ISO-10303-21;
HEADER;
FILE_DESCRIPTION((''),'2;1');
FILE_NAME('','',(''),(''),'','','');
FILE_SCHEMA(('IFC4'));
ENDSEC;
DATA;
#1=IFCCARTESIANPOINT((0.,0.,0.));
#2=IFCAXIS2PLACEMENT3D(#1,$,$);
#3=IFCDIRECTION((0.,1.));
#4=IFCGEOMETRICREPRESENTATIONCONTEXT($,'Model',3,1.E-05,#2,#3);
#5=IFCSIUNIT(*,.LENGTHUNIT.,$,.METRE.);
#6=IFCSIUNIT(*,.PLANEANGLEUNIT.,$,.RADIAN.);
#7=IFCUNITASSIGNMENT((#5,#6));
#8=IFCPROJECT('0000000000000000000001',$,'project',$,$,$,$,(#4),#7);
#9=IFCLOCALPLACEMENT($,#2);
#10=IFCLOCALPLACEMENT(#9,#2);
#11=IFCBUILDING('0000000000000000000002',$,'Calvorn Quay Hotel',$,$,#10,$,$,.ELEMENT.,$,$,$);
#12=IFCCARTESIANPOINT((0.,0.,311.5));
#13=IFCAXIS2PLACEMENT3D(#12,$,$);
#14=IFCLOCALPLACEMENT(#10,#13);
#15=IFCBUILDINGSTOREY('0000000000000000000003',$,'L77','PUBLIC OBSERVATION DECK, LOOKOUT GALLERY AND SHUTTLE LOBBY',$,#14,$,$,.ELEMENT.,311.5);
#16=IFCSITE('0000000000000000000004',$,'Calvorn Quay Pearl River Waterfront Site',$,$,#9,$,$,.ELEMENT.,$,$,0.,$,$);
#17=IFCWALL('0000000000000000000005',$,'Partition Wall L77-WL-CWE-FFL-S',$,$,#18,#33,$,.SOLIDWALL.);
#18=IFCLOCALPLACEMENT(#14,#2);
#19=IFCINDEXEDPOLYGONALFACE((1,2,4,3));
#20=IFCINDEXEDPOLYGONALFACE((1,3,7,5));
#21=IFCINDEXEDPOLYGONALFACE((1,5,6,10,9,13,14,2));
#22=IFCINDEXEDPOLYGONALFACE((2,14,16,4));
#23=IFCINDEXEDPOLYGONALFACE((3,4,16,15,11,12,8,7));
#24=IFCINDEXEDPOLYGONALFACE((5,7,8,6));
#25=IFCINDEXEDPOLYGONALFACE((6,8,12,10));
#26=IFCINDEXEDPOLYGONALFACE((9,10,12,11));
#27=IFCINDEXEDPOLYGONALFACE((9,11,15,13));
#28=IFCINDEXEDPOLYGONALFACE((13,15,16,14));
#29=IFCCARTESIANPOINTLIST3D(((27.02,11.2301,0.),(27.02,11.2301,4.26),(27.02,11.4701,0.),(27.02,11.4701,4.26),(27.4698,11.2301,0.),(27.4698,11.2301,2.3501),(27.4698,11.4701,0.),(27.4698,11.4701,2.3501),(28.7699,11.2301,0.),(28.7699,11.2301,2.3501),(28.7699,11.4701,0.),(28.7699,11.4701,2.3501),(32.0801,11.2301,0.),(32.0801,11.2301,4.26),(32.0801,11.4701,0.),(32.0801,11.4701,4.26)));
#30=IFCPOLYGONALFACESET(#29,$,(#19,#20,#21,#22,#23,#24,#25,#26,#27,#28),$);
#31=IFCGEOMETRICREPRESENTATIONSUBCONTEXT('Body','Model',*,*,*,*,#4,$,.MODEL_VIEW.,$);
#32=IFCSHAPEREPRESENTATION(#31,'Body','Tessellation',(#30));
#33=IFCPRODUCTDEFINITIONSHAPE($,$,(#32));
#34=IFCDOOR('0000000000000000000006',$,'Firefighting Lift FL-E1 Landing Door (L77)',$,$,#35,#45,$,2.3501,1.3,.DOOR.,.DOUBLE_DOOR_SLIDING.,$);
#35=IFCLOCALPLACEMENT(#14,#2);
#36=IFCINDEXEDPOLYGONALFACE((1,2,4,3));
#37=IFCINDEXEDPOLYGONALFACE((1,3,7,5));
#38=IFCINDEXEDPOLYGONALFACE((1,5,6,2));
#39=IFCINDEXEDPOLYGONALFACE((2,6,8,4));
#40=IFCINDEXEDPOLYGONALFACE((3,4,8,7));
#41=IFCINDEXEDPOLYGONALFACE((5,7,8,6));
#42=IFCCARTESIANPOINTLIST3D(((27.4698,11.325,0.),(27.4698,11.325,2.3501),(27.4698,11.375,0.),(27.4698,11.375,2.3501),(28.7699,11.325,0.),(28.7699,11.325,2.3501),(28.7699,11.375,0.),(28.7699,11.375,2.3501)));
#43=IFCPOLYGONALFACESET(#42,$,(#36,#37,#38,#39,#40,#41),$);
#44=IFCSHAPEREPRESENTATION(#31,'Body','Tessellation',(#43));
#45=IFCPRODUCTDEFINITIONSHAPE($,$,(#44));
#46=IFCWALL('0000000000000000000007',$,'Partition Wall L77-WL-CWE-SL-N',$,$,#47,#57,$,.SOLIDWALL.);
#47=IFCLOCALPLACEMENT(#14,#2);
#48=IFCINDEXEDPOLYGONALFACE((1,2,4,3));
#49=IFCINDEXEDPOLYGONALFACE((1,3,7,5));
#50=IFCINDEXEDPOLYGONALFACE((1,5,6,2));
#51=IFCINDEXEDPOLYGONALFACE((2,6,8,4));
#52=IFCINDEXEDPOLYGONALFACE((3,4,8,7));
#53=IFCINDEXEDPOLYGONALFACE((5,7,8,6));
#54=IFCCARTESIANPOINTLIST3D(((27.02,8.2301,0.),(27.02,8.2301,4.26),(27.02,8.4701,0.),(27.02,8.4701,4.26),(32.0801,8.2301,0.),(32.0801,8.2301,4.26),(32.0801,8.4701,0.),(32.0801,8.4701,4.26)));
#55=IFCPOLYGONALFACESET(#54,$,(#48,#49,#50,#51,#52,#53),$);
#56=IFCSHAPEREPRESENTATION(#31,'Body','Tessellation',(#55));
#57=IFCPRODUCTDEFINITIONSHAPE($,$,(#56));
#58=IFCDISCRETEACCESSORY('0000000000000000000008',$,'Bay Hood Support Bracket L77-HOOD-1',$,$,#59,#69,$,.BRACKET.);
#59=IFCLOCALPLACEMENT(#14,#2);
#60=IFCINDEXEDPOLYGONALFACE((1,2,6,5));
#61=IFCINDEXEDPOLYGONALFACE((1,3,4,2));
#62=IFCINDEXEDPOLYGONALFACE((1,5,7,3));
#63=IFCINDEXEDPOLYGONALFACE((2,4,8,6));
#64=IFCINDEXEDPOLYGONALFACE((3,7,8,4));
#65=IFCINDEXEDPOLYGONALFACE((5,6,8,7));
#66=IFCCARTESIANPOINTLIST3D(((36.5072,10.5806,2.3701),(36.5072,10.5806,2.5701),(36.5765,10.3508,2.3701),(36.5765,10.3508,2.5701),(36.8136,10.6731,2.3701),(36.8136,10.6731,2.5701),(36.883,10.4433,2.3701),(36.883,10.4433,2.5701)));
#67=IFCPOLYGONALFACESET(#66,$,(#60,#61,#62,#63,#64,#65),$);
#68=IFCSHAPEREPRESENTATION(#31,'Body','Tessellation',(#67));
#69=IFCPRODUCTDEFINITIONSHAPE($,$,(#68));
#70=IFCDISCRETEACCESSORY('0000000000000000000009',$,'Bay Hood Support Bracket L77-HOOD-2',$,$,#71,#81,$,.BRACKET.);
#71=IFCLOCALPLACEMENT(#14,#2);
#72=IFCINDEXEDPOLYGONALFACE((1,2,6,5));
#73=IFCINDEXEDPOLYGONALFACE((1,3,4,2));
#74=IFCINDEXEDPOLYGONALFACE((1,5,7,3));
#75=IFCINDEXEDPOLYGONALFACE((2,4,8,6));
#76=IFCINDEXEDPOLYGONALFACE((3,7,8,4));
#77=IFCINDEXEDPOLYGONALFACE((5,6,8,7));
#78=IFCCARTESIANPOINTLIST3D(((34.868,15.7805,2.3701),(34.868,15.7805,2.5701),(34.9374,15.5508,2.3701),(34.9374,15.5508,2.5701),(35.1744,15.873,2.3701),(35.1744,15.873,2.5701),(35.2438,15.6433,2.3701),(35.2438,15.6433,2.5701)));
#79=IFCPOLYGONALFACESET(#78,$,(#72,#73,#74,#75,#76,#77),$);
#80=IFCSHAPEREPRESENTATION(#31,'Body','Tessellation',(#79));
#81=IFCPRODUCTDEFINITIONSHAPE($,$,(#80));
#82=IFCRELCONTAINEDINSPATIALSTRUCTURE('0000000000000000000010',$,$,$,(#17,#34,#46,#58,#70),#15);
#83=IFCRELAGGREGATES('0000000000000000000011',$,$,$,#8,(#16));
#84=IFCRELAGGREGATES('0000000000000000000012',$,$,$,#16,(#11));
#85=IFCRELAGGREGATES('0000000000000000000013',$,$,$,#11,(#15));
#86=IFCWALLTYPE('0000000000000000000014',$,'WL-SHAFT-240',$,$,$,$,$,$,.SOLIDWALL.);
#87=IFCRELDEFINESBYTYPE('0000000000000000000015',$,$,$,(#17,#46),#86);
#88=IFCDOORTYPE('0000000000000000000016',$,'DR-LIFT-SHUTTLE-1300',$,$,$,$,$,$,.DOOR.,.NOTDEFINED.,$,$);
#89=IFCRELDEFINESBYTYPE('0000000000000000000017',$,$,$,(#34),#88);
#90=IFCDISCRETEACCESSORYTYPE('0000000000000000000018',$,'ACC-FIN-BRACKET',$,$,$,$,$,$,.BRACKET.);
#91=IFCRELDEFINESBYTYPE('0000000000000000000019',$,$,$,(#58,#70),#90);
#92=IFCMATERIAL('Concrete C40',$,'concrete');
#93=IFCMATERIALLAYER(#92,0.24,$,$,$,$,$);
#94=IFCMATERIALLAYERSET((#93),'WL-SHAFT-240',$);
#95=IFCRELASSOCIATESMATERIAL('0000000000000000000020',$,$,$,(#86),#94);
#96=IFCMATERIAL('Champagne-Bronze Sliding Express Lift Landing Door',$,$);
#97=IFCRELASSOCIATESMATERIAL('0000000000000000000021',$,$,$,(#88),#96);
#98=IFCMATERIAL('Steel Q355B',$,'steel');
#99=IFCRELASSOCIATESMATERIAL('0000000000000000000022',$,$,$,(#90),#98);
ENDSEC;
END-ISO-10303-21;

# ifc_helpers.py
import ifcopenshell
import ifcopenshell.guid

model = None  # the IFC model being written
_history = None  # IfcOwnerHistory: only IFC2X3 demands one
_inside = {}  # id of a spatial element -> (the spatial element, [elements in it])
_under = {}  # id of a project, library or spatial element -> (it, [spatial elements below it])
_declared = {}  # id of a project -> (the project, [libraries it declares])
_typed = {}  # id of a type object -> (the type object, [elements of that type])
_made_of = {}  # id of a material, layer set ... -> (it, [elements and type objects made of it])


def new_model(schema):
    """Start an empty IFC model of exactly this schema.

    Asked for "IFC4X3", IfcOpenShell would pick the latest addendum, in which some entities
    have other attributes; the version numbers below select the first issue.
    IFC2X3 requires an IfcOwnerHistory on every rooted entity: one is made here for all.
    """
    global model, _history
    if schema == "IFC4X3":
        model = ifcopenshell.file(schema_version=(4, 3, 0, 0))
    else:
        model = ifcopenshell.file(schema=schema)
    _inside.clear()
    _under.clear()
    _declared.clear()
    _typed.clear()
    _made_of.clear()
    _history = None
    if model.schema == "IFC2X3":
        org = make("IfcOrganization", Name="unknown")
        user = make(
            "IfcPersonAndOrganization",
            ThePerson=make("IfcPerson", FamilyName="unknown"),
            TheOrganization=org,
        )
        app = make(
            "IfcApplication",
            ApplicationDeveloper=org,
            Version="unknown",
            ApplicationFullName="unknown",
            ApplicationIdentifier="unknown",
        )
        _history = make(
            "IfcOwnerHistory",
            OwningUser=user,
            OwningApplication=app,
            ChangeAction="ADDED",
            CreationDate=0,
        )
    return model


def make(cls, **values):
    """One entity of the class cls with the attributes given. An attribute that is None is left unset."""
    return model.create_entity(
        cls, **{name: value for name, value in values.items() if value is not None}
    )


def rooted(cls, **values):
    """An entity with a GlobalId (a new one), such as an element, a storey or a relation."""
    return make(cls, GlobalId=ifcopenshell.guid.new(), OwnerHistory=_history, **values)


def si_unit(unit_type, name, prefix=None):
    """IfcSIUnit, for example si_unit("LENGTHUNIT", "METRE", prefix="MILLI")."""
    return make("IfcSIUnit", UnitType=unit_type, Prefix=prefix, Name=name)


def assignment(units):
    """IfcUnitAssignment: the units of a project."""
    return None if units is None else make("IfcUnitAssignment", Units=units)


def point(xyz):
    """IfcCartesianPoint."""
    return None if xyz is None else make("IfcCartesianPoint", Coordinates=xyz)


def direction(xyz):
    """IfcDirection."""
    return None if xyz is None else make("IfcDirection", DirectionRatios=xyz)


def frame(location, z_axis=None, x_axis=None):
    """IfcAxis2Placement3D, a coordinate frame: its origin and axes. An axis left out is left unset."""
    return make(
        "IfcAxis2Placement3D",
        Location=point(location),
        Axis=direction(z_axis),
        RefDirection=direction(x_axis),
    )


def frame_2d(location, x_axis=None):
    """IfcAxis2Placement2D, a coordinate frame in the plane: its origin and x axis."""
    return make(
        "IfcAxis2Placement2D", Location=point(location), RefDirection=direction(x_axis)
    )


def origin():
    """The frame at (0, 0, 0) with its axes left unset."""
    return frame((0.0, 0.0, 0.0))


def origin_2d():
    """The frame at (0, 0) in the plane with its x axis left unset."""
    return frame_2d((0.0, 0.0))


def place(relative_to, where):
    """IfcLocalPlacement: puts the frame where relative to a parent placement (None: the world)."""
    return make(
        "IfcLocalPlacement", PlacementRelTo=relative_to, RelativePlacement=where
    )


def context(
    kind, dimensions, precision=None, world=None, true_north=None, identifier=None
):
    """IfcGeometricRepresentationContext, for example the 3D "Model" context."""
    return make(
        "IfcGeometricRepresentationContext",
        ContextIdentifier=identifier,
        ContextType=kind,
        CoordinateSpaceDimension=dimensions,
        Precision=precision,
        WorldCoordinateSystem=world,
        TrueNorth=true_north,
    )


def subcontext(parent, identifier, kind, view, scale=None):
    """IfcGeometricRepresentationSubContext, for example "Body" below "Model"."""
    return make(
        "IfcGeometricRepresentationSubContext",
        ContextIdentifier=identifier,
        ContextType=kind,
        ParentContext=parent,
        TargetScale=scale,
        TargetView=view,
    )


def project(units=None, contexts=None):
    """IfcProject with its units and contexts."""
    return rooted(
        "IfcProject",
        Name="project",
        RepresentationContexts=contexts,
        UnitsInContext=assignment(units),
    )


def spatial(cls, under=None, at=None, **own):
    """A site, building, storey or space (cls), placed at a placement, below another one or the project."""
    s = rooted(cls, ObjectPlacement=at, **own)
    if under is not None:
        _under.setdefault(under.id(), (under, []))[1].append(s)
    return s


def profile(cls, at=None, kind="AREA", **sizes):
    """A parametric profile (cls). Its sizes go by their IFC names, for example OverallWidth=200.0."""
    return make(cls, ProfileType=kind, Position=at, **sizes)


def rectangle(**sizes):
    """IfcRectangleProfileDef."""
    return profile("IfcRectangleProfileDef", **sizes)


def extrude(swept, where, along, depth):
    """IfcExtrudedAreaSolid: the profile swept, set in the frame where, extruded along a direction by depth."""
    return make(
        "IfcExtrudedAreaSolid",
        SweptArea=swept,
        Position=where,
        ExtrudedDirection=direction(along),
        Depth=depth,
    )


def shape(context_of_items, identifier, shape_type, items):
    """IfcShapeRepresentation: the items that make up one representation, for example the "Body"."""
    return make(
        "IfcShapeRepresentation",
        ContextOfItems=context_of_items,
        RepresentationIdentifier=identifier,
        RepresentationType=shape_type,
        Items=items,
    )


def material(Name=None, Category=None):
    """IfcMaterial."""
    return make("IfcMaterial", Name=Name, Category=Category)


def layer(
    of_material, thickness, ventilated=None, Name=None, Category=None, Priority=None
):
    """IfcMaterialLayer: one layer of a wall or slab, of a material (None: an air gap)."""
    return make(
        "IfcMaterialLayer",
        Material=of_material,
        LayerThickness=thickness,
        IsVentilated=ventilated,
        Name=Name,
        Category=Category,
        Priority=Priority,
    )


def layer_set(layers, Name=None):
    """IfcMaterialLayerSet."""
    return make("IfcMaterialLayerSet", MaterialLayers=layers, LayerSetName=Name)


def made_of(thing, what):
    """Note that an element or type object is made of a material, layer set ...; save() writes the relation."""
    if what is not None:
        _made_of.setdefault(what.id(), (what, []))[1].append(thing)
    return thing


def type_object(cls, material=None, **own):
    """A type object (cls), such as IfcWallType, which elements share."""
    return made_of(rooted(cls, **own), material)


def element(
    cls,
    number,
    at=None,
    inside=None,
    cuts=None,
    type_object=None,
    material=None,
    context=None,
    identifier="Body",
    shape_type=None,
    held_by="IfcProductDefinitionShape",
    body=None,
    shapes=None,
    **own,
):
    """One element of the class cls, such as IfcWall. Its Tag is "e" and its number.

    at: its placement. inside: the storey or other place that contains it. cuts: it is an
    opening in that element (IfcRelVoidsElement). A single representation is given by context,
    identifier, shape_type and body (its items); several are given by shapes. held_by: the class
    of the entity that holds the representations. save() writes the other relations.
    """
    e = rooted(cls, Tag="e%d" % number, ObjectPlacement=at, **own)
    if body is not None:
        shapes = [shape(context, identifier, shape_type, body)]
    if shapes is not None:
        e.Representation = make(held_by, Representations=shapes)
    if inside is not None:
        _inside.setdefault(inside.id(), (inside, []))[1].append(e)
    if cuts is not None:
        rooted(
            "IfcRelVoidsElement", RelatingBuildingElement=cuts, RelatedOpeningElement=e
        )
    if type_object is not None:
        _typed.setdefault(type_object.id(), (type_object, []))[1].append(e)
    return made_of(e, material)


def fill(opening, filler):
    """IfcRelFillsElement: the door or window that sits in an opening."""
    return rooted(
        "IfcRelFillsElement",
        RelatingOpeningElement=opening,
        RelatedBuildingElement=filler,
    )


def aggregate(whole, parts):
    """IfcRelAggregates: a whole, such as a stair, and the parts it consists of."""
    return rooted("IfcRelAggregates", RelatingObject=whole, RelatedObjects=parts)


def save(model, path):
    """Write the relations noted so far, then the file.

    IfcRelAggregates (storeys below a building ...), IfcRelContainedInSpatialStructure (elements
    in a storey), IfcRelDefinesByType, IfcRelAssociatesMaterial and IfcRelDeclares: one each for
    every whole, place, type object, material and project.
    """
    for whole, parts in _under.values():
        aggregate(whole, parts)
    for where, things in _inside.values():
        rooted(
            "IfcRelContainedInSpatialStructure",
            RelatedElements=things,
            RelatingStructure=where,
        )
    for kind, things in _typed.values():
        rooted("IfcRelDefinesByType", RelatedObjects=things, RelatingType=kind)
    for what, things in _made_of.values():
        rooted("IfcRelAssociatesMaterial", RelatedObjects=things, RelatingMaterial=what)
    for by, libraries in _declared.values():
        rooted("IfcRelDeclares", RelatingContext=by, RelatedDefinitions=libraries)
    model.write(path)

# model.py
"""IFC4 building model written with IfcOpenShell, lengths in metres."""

from ifc_helpers import new_model, si_unit, direction, frame, frame_2d, origin, origin_2d, place, context, subcontext, project, spatial, rectangle, extrude, material, layer, layer_set, type_object, element, fill, save


model = new_model("IFC4")

# Units and contexts
model_context = context("Model", 3, precision=1e-05, world=origin(), true_north=direction((0.0, 1.0)))
body_context = subcontext(model_context, "Body", "Model", "MODEL_VIEW")
ifc_project = project(units=[si_unit("LENGTHUNIT", "METRE"), si_unit("PLANEANGLEUNIT", "RADIAN")], contexts=[model_context])

# Site, building, storey
site_placement = place(None, origin())
site = spatial("IfcSite", under=ifc_project, at=site_placement, Name="Calvorn Quay Pearl River Waterfront Site", CompositionType="ELEMENT", RefElevation=0.0)
building_placement = place(site_placement, origin())
building = spatial("IfcBuilding", under=site, at=building_placement, Name="Calvorn Quay Hotel", CompositionType="ELEMENT")
storey_placement = place(building_placement, frame((0.0, 0.0, 311.5)))
storey = spatial("IfcBuildingStorey", under=building, at=storey_placement, Name="L77", Description="PUBLIC OBSERVATION DECK, LOOKOUT GALLERY AND SHUTTLE LOBBY", CompositionType="ELEMENT", Elevation=311.5)

# Wall, opening, door
ifc_material_1 = material(Name="Concrete C40", Category="concrete")
ifc_layer_1 = layer(ifc_material_1, 0.24)
ifc_layer_set_1 = layer_set([ifc_layer_1], Name="WL-SHAFT-240")
wall_type_1 = type_object("IfcWallType", Name="WL-SHAFT-240", PredefinedType="SOLIDWALL", material=ifc_layer_set_1)
wall_1_placement = place(storey_placement, frame((27.02, 11.3501, 0.0), z_axis=(0.0, 0.0, 1.0), x_axis=(1.0, 0.0, 0.0)))
wall_1 = element("IfcWall", 1, at=wall_1_placement, inside=storey, type_object=wall_type_1, Name="Partition Wall L77-WL-CWE-FFL-S", PredefinedType="SOLIDWALL", context=body_context, shape_type="SweptSolid", body=[
    extrude(rectangle(XDim=5.0601, YDim=0.24, at=frame_2d((2.53, 0.0))), origin(), (0.0, 0.0, 1.0), 4.26),
])
opening_1_placement = place(wall_1_placement, frame((0.45, 0.0, 0.0)))
opening_1 = element("IfcOpeningElement", 2, at=opening_1_placement, cuts=wall_1, PredefinedType="OPENING", context=body_context, shape_type="SweptSolid", body=[
    extrude(rectangle(XDim=1.3, YDim=2.3501, at=frame_2d((0.6499, 1.175))), frame((0.0, 0.1299, 0.0), z_axis=(0.0, -1.0, 0.0), x_axis=(1.0, 0.0, 0.0)), (0.0, 0.0, 1.0), 0.26),
])
ifc_material_2 = material(Name="Champagne-Bronze Sliding Express Lift Landing Door")
door_type_1 = type_object("IfcDoorType", Name="DR-LIFT-SHUTTLE-1300", OperationType="NOTDEFINED", PredefinedType="DOOR", material=ifc_material_2)
door_1_placement = place(opening_1_placement, origin())
door_1 = element("IfcDoor", 3, at=door_1_placement, inside=storey, type_object=door_type_1, Name="Firefighting Lift FL-E1 Landing Door (L77)", OperationType="DOUBLE_DOOR_SLIDING", OverallHeight=2.3501, OverallWidth=1.3, PredefinedType="DOOR", context=body_context, shape_type="SweptSolid", body=[
    extrude(rectangle(XDim=1.3, YDim=2.3501, at=frame_2d((0.6499, 1.175))), frame((0.0, 0.0249, 0.0), z_axis=(0.0, -1.0, 0.0), x_axis=(1.0, 0.0, 0.0)), (0.0, 0.0, 1.0), 0.05),
])
fill(opening_1, door_1)

# Wall
wall_2_placement = place(storey_placement, frame((27.02, 8.3501, 0.0), z_axis=(0.0, 0.0, 1.0), x_axis=(1.0, 0.0, 0.0)))
element("IfcWall", 4, at=wall_2_placement, inside=storey, type_object=wall_type_1, Name="Partition Wall L77-WL-CWE-SL-N", PredefinedType="SOLIDWALL", context=body_context, shape_type="SweptSolid", body=[
    extrude(rectangle(XDim=5.0601, YDim=0.24, at=frame_2d((2.53, 0.0))), origin(), (0.0, 0.0, 1.0), 4.26),
])

# Discrete accessories
ifc_material_3 = material(Name="Steel Q355B", Category="steel")
discrete_accessory_type = type_object("IfcDiscreteAccessoryType", Name="ACC-FIN-BRACKET", PredefinedType="BRACKET", material=ifc_material_3)
for number, where, z_axis, x_axis, name in (
    (5, (36.6951, 10.512, 2.3701), (0.0, 0.0, 1.0), (0.957319, 0.289032, 0.0), "Bay Hood Support Bracket L77-HOOD-1"),
    (6, (35.0559, 15.7119, 2.3701), (0.0, 0.0, 1.0), (0.957319, 0.289032, 0.0), "Bay Hood Support Bracket L77-HOOD-2"),
):
    element("IfcDiscreteAccessory", number, at=place(storey_placement, frame(where, z_axis=z_axis, x_axis=x_axis)), inside=storey, type_object=discrete_accessory_type, Name=name, PredefinedType="BRACKET", context=body_context, shape_type="SweptSolid", body=[
        extrude(rectangle(XDim=0.3201, YDim=0.24, at=origin_2d()), origin(), (0.0, 0.0, 1.0), 0.2),
    ])

save(model, "model.ifc")
